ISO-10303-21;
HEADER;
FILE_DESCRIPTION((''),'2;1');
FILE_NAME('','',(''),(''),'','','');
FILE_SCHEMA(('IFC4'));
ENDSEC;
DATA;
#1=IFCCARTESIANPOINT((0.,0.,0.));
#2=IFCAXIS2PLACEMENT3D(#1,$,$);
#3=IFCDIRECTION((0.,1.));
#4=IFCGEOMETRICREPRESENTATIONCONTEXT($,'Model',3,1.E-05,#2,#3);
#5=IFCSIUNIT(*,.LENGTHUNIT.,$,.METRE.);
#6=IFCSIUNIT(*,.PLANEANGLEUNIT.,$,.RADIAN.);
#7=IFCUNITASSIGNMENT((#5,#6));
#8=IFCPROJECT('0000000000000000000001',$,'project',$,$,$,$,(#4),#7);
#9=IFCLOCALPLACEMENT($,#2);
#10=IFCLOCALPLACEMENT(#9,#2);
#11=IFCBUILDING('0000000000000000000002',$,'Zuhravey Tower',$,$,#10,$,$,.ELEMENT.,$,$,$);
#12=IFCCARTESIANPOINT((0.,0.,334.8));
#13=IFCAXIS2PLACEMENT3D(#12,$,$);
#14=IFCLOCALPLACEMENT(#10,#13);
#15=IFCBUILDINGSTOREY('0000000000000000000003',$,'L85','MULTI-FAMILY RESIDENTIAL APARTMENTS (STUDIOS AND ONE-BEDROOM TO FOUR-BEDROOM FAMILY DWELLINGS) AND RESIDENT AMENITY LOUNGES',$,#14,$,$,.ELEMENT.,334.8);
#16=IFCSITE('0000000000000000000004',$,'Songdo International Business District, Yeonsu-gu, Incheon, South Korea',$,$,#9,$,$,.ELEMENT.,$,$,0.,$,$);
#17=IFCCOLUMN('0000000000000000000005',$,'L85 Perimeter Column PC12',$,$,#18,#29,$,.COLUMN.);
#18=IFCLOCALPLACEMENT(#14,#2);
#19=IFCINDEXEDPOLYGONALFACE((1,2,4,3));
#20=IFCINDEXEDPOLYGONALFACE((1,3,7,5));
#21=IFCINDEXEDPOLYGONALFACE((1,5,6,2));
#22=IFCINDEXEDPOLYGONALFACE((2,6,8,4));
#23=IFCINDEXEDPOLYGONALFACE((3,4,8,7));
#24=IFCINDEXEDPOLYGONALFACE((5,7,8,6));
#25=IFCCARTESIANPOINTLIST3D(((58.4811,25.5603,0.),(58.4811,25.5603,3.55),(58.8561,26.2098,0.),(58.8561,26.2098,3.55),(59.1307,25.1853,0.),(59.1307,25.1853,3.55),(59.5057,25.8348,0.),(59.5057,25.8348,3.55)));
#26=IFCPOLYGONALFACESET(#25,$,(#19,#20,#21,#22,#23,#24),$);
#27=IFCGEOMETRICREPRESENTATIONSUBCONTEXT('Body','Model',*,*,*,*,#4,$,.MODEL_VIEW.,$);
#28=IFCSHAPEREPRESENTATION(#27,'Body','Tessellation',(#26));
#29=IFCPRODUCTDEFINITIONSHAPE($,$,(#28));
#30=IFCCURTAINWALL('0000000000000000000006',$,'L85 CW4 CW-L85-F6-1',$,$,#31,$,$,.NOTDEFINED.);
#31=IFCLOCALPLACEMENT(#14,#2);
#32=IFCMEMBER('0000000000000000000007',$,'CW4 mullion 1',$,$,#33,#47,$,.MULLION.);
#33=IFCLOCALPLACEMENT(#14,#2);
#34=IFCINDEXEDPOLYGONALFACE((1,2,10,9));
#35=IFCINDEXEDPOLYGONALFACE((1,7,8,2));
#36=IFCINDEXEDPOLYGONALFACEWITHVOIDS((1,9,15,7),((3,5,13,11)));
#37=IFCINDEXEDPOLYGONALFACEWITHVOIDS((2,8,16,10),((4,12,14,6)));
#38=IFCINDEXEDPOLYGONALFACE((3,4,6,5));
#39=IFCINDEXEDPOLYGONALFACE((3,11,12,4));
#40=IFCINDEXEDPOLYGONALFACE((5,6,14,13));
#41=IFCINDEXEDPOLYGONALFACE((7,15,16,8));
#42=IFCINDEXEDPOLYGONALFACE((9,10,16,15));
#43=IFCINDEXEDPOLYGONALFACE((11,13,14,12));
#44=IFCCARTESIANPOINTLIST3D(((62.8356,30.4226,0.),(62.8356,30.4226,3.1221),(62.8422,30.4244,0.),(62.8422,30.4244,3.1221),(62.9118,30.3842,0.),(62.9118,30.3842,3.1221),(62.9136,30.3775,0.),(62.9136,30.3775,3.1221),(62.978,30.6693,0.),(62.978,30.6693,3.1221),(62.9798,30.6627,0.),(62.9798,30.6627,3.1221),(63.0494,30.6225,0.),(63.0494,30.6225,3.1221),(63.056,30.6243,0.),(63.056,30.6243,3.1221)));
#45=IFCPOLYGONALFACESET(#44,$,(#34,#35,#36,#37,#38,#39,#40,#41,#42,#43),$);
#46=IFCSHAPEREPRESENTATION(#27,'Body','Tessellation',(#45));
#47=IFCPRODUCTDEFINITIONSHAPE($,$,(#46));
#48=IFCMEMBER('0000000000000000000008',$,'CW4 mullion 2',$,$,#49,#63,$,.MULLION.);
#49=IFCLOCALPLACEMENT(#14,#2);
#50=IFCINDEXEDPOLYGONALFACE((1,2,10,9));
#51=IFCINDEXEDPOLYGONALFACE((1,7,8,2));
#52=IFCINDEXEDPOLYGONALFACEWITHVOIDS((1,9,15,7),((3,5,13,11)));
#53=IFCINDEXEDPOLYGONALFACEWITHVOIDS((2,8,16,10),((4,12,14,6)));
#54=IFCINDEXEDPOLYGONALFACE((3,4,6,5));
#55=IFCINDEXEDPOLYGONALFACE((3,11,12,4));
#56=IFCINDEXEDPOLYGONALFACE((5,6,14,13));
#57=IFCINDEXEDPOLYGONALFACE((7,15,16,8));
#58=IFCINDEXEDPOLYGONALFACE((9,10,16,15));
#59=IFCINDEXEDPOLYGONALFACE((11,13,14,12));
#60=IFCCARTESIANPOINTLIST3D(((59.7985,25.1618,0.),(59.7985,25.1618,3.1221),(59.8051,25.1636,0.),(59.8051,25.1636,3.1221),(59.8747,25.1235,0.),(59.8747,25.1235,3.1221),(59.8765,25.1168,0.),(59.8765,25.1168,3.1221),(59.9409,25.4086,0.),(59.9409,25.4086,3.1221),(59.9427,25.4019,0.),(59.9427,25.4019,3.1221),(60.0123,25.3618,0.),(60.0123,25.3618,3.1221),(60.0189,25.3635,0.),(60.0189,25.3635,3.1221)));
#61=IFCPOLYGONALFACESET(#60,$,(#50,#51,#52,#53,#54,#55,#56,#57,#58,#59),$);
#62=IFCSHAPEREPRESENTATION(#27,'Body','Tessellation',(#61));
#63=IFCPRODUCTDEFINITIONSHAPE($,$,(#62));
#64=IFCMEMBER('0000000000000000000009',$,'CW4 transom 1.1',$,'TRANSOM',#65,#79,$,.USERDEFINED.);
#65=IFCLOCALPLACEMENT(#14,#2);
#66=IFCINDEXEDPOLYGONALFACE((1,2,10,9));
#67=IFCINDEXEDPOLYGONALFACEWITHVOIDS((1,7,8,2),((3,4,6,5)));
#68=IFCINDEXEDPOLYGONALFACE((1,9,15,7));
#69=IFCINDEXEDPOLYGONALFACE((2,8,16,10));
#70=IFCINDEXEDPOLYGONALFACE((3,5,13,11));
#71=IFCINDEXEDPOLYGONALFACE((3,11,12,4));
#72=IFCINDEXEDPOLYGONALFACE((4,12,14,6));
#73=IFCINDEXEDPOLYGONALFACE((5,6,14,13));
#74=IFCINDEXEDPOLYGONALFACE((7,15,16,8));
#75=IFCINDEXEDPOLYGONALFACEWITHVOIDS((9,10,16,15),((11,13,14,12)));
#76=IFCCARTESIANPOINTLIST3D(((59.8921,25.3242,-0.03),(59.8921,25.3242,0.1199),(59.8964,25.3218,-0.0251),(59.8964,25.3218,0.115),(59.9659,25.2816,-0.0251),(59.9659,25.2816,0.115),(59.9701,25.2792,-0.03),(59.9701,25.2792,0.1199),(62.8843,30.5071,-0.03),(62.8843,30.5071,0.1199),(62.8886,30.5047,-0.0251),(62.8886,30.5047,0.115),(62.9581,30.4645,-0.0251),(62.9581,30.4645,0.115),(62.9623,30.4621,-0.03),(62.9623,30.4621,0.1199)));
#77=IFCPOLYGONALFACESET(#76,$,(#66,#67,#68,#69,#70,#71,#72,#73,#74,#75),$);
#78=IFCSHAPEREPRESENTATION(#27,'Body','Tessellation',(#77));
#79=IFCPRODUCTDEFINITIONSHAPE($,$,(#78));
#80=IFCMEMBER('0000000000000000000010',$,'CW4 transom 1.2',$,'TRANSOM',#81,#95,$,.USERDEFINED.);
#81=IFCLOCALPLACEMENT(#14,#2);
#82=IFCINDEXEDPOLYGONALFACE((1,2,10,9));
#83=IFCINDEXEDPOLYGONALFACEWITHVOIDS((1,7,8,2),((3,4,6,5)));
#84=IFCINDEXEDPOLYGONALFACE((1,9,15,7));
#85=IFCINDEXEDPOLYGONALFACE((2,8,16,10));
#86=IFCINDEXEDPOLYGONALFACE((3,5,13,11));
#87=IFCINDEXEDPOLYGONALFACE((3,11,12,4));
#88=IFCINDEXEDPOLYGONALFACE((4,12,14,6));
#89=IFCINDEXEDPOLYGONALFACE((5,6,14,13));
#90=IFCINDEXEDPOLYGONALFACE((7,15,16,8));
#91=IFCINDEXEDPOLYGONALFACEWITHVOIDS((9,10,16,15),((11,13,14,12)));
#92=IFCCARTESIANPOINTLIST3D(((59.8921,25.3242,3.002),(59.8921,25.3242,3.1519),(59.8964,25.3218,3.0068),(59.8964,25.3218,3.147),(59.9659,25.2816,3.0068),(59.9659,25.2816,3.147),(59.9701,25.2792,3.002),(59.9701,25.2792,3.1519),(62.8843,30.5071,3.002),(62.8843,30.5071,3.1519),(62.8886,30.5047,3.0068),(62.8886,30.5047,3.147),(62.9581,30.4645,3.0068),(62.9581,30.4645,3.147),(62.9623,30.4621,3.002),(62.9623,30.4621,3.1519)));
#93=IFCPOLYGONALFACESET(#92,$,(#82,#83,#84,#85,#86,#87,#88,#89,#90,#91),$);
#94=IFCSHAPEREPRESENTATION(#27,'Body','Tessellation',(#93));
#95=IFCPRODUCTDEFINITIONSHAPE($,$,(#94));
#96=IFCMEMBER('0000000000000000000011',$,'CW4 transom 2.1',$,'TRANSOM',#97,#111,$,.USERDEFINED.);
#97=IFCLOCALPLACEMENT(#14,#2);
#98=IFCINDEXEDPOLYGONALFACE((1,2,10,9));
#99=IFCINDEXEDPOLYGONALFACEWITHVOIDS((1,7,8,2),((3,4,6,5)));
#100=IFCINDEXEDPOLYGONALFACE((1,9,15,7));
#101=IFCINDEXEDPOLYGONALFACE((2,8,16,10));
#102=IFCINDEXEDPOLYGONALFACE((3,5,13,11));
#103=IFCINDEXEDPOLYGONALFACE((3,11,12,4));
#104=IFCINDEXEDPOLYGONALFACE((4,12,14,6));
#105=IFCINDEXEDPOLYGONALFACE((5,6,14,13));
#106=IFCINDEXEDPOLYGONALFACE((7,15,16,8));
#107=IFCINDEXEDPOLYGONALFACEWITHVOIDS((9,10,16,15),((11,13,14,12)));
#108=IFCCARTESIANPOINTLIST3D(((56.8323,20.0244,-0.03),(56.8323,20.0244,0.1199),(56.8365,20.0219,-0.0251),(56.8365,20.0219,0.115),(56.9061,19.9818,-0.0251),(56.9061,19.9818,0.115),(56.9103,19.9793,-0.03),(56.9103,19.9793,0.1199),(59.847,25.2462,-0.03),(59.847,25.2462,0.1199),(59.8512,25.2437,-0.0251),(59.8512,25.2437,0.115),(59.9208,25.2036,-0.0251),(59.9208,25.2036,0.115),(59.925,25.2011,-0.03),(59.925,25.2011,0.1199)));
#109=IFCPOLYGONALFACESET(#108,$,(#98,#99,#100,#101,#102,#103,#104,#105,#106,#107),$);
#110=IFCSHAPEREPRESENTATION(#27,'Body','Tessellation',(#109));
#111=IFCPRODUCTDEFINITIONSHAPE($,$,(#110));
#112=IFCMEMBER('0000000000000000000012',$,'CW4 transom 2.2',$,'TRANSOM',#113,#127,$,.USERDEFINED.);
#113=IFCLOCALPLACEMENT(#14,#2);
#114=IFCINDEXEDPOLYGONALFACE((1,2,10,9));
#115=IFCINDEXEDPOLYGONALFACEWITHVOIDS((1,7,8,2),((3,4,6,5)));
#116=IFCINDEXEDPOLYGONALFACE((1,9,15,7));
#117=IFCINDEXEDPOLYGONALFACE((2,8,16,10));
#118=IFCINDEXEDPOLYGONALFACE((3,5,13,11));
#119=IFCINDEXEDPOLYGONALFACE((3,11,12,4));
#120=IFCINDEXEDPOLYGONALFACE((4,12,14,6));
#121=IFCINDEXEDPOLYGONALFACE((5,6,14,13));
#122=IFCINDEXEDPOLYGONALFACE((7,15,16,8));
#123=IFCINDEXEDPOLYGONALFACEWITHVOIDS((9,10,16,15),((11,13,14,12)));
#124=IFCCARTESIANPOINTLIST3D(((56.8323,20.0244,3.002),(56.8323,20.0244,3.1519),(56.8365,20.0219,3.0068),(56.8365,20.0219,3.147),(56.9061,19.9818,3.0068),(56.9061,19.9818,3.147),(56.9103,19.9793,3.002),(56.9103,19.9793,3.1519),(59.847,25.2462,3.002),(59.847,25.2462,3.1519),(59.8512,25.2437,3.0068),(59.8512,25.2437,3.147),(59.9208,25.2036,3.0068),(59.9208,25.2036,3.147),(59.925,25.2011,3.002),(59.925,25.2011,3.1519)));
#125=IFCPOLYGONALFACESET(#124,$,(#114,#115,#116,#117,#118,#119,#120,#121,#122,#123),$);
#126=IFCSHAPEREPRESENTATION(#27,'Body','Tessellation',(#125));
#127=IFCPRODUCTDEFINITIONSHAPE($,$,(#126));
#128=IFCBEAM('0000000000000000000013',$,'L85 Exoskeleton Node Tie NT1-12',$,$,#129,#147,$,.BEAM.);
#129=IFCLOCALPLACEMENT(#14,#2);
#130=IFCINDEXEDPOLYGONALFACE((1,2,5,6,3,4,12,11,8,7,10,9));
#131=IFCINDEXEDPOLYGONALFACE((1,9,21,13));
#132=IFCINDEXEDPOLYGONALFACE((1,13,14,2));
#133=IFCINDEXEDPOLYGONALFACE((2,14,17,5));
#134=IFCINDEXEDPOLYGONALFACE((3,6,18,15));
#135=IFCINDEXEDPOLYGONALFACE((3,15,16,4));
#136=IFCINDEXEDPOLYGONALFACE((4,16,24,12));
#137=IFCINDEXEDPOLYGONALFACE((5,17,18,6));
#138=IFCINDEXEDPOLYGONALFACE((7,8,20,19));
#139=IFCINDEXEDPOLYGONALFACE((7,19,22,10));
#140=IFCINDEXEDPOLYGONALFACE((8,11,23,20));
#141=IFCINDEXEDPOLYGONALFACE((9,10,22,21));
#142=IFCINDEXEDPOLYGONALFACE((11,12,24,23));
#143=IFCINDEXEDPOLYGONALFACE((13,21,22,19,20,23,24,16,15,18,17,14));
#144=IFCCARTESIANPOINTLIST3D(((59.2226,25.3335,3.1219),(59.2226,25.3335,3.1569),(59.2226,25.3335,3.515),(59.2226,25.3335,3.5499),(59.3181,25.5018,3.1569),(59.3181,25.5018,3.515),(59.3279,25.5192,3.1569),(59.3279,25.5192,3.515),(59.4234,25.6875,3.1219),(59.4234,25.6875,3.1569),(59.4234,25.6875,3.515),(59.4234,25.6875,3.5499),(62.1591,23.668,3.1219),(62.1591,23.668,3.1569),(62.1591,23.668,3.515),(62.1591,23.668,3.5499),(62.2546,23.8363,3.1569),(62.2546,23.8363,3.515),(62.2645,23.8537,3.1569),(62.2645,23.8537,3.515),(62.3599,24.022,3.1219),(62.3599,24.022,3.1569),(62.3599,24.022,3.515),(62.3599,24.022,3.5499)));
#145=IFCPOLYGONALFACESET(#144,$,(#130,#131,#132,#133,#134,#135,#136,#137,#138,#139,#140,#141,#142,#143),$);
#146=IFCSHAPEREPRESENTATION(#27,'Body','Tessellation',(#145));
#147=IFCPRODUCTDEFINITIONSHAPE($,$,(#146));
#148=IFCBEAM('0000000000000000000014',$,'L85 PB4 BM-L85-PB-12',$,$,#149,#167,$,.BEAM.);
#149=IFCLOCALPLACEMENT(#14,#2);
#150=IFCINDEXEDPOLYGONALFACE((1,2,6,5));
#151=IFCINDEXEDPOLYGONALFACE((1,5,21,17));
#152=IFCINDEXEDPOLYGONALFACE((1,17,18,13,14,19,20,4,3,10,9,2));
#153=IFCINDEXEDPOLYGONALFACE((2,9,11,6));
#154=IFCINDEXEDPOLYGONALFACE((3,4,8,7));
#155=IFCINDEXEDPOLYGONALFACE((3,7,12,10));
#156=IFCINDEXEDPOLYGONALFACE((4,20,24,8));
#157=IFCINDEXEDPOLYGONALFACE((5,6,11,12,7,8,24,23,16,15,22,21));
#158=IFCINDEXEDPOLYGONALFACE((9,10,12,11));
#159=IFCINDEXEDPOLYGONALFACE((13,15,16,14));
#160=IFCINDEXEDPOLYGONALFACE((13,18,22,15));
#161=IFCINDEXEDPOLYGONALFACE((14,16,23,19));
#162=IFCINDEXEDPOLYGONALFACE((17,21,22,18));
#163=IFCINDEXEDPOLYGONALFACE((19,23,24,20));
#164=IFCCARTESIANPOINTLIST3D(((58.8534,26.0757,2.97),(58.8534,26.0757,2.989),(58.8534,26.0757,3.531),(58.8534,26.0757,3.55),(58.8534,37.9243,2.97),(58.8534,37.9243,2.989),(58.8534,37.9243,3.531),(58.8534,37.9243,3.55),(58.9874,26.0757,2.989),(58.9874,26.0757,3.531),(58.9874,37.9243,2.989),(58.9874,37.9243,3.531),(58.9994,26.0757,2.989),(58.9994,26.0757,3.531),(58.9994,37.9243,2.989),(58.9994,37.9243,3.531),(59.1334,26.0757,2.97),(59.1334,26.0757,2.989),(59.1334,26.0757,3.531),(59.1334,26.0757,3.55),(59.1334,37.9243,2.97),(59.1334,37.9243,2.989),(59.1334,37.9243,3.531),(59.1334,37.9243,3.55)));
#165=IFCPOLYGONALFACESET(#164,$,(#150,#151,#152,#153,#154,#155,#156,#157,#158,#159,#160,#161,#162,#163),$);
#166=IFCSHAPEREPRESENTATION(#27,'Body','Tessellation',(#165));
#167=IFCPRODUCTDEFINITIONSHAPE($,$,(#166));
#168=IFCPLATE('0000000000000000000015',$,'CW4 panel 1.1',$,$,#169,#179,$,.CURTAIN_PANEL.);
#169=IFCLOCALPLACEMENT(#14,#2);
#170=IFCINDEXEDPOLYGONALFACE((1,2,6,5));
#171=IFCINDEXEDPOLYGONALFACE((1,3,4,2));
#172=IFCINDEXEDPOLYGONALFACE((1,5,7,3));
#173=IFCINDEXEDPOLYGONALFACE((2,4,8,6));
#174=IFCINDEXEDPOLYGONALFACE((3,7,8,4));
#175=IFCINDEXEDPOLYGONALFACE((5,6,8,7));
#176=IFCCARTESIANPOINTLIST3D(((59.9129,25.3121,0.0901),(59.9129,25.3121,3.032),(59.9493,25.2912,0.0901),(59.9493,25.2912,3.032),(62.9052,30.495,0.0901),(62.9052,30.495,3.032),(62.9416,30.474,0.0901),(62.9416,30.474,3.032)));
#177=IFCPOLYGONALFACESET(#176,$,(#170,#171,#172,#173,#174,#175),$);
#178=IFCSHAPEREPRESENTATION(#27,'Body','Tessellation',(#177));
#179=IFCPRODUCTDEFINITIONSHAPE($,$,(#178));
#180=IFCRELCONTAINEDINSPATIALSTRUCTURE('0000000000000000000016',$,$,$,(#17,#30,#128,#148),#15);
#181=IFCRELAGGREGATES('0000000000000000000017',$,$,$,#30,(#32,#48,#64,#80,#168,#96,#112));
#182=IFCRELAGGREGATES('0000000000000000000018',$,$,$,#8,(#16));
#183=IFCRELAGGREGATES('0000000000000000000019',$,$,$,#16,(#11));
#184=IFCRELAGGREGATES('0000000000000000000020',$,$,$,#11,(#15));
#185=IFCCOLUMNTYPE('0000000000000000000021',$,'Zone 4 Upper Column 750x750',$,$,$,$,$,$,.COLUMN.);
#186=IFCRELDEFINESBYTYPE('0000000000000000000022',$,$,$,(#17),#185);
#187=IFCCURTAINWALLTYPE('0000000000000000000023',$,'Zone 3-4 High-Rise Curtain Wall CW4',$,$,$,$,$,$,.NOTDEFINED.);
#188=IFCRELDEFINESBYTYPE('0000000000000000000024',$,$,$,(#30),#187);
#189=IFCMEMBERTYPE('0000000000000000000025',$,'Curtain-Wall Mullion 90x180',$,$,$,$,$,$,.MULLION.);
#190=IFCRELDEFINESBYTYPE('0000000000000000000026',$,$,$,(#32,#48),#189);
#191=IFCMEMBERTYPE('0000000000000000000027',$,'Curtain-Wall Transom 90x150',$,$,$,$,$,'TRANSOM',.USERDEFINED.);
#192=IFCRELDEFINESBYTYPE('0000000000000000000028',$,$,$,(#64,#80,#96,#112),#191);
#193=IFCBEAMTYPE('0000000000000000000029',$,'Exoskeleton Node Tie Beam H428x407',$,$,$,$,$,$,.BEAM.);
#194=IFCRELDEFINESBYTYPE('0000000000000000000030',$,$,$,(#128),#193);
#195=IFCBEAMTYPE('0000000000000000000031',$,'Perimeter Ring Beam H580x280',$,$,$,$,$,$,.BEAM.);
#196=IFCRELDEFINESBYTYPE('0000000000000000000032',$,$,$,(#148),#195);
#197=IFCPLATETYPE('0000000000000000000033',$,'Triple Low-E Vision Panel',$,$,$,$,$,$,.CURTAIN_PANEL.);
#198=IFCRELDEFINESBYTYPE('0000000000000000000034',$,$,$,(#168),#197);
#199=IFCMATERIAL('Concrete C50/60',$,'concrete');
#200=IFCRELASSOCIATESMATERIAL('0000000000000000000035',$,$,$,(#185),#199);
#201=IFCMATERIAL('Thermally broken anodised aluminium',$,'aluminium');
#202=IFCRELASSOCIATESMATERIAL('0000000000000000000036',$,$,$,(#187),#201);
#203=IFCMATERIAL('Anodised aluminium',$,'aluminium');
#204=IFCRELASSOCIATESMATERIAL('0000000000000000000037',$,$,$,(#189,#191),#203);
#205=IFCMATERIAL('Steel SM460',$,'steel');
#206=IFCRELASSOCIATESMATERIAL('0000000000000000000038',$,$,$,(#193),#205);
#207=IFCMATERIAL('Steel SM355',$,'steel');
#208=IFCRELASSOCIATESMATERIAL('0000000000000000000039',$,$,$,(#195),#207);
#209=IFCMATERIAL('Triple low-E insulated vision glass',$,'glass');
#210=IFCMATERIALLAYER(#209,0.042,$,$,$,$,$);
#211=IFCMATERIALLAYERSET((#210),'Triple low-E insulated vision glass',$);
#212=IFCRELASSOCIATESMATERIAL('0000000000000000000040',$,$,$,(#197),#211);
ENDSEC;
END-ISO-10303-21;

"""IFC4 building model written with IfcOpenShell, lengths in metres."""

from ifc_helpers import new_model, si_unit, direction, frame, origin, origin_2d, place, context, subcontext, project, spatial, rectangle, hollow_rectangle, i_section, extrude, material, layer, layer_set, material_profile, profile_set, type_object, element, aggregate, save


model = new_model("IFC4")

# Units and contexts
model_context = context("Model", 3, precision=1e-05, world=origin(), true_north=direction((0.0, 1.0)))
body_context = subcontext(model_context, "Body", "Model", "MODEL_VIEW")
ifc_project = project(units=[si_unit("LENGTHUNIT", "METRE"), si_unit("PLANEANGLEUNIT", "RADIAN")], contexts=[model_context])

# Site, building, storey
site_placement = place(None, origin())
site = spatial("IfcSite", under=ifc_project, at=site_placement, Name="Songdo International Business District, Yeonsu-gu, Incheon, South Korea", CompositionType="ELEMENT", RefElevation=0.0)
building_placement = place(site_placement, origin())
building = spatial("IfcBuilding", under=site, at=building_placement, Name="Zuhravey Tower", CompositionType="ELEMENT")
storey_placement = place(building_placement, frame((0.0, 0.0, 334.8)))
storey = spatial("IfcBuildingStorey", under=building, at=storey_placement, Name="L85", Description="MULTI-FAMILY RESIDENTIAL APARTMENTS (STUDIOS AND ONE-BEDROOM TO FOUR-BEDROOM FAMILY DWELLINGS) AND RESIDENT AMENITY LOUNGES", CompositionType="ELEMENT", Elevation=334.8)

# Column
ifc_material_1 = material(Name="Concrete C50/60", Category="concrete")
ifc_material_profile_1 = material_profile(ifc_material_1, rectangle(XDim=0.75, YDim=0.75, at=origin_2d()), Name="RC-750x750")
ifc_profile_set_1 = profile_set([ifc_material_profile_1], Name="Concrete C50/60")
column_type = type_object("IfcColumnType", Name="Zone 4 Upper Column 750x750", PredefinedType="COLUMN", material=ifc_profile_set_1)
column_placement = place(storey_placement, frame((58.9934, 25.6975, 0.0), z_axis=(0.0, 0.0, 1.0), x_axis=(0.5, 0.866025, 0.0)))
element("IfcColumn", 1, at=column_placement, inside=storey, type_object=column_type, Name="L85 Perimeter Column PC12", PredefinedType="COLUMN", context=body_context, shape_type="SweptSolid", body=[
    extrude(rectangle(XDim=0.75, YDim=0.75, at=origin_2d()), origin(), (0.0, 0.0, 1.0), 3.55),
])

# Curtain wall, members
ifc_material_2 = material(Name="Thermally broken anodised aluminium", Category="aluminium")
curtain_wall_type = type_object("IfcCurtainWallType", Name="Zone 3-4 High-Rise Curtain Wall CW4", PredefinedType="NOTDEFINED", material=ifc_material_2)
curtain_wall_placement = place(storey_placement, origin())
curtain_wall = element("IfcCurtainWall", 2, at=curtain_wall_placement, inside=storey, type_object=curtain_wall_type, Name="L85 CW4 CW-L85-F6-1", PredefinedType="NOTDEFINED")
ifc_material_3 = material(Name="Anodised aluminium", Category="aluminium")
ifc_material_profile_2 = material_profile(ifc_material_3, hollow_rectangle(XDim=0.0901, YDim=0.2849, WallThickness=0.0049, at=origin_2d()), Name="ALU-RHS-90x285x5")
ifc_profile_set_2 = profile_set([ifc_material_profile_2], Name="Anodised aluminium")
member_type_1 = type_object("IfcMemberType", Name="Curtain-Wall Mullion 90x180", PredefinedType="MULLION", material=ifc_profile_set_2)
member_1_placement = place(storey_placement, frame((62.9458, 30.5234, 0.0), z_axis=(0.0, 0.0, 1.0), x_axis=(0.866026, -0.5, 0.0)))
member_1 = element("IfcMember", 3, at=member_1_placement, type_object=member_type_1, Name="CW4 mullion 1", PredefinedType="MULLION", context=body_context, shape_type="SweptSolid", body=[
    extrude(hollow_rectangle(XDim=0.0901, YDim=0.2849, WallThickness=0.0049, at=origin_2d()), origin(), (0.0, 0.0, 1.0), 3.1221),
])
member_2_placement = place(storey_placement, frame((59.9087, 25.2627, 0.0), z_axis=(0.0, 0.0, 1.0), x_axis=(0.866026, -0.5, 0.0)))
member_2 = element("IfcMember", 4, at=member_2_placement, type_object=member_type_1, Name="CW4 mullion 2", PredefinedType="MULLION", context=body_context, shape_type="SweptSolid", body=[
    extrude(hollow_rectangle(XDim=0.0901, YDim=0.2849, WallThickness=0.0049, at=origin_2d()), origin(), (0.0, 0.0, 1.0), 3.1221),
])
ifc_material_profile_3 = material_profile(ifc_material_3, hollow_rectangle(XDim=0.0901, YDim=0.1499, WallThickness=0.0049, at=origin_2d()), Name="ALU-RHS-90x150x5")
ifc_profile_set_3 = profile_set([ifc_material_profile_3], Name="Anodised aluminium")
member_type_2 = type_object("IfcMemberType", Name="Curtain-Wall Transom 90x150", ElementType="TRANSOM", PredefinedType="USERDEFINED", material=ifc_profile_set_3)
member_3_placement = place(storey_placement, frame((62.9233, 30.4846, 0.0449), z_axis=(-0.499983, -0.866035, 0.0), x_axis=(0.866035, -0.499983, 0.0)))
member_3 = element("IfcMember", 5, at=member_3_placement, type_object=member_type_2, Name="CW4 transom 1.1", ObjectType="TRANSOM", PredefinedType="USERDEFINED", context=body_context, shape_type="SweptSolid", body=[
    extrude(hollow_rectangle(XDim=0.0901, YDim=0.1499, WallThickness=0.0049, at=origin_2d()), origin(), (0.0, 0.0, 1.0), 5.9846),
])
member_4_placement = place(storey_placement, frame((62.9233, 30.4846, 3.0769), z_axis=(-0.499983, -0.866035, 0.0), x_axis=(0.866035, -0.499983, 0.0)))
member_4 = element("IfcMember", 6, at=member_4_placement, type_object=member_type_2, Name="CW4 transom 1.2", ObjectType="TRANSOM", PredefinedType="USERDEFINED", context=body_context, shape_type="SweptSolid", body=[
    extrude(hollow_rectangle(XDim=0.0901, YDim=0.1499, WallThickness=0.0049, at=origin_2d()), origin(), (0.0, 0.0, 1.0), 5.9846),
])
member_5_placement = place(storey_placement, frame((59.886, 25.2236, 0.0449), z_axis=(-0.499989, -0.866032, 0.0), x_axis=(0.866032, -0.499989, 0.0)))
member_5 = element("IfcMember", 7, at=member_5_placement, type_object=member_type_2, Name="CW4 transom 2.1", ObjectType="TRANSOM", PredefinedType="USERDEFINED", context=body_context, shape_type="SweptSolid", body=[
    extrude(hollow_rectangle(XDim=0.0901, YDim=0.1499, WallThickness=0.0049, at=origin_2d()), origin(), (0.0, 0.0, 1.0), 6.0295),
])
member_6_placement = place(storey_placement, frame((59.886, 25.2236, 3.0769), z_axis=(-0.499989, -0.866032, 0.0), x_axis=(0.866032, -0.499989, 0.0)))
member_6 = element("IfcMember", 8, at=member_6_placement, type_object=member_type_2, Name="CW4 transom 2.2", ObjectType="TRANSOM", PredefinedType="USERDEFINED", context=body_context, shape_type="SweptSolid", body=[
    extrude(hollow_rectangle(XDim=0.0901, YDim=0.1499, WallThickness=0.0049, at=origin_2d()), origin(), (0.0, 0.0, 1.0), 6.0295),
])

# Beams
ifc_material_4 = material(Name="Steel SM460", Category="steel")
ifc_material_profile_4 = material_profile(ifc_material_4, i_section(OverallWidth=0.407, OverallDepth=0.428, WebThickness=0.02, FlangeThickness=0.0349, at=origin_2d()), Name="H-428x407x20x35")
ifc_profile_set_4 = profile_set([ifc_material_profile_4], Name="Steel SM460")
beam_type_1 = type_object("IfcBeamType", Name="Exoskeleton Node Tie Beam H428x407", PredefinedType="BEAM", material=ifc_profile_set_4)
beam_1_placement = place(storey_placement, frame((59.323, 25.5105, 3.3359), z_axis=(0.869832, -0.493348, 0.0), x_axis=(0.493348, 0.869832, 0.0)))
element("IfcBeam", 9, at=beam_1_placement, inside=storey, type_object=beam_type_1, Name="L85 Exoskeleton Node Tie NT1-12", PredefinedType="BEAM", context=body_context, shape_type="SweptSolid", body=[
    extrude(i_section(OverallWidth=0.407, OverallDepth=0.428, WebThickness=0.02, FlangeThickness=0.0349, at=origin_2d()), origin(), (0.0, 0.0, 1.0), 3.376),
])
ifc_material_5 = material(Name="Steel SM355", Category="steel")
ifc_material_profile_5 = material_profile(ifc_material_5, i_section(OverallWidth=0.28, OverallDepth=0.5801, WebThickness=0.012, FlangeThickness=0.019, at=origin_2d()), Name="H-580x280x12x19")
ifc_profile_set_5 = profile_set([ifc_material_profile_5], Name="Steel SM355")
beam_type_2 = type_object("IfcBeamType", Name="Perimeter Ring Beam H580x280", PredefinedType="BEAM", material=ifc_profile_set_5)
beam_2_placement = place(storey_placement, frame((58.9934, 26.0757, 3.26), z_axis=(0.0, 1.0, 0.0), x_axis=(-1.0, 0.0, 0.0)))
element("IfcBeam", 10, at=beam_2_placement, inside=storey, type_object=beam_type_2, Name="L85 PB4 BM-L85-PB-12", PredefinedType="BEAM", context=body_context, shape_type="SweptSolid", body=[
    extrude(i_section(OverallWidth=0.28, OverallDepth=0.5801, WebThickness=0.012, FlangeThickness=0.019, at=origin_2d()), origin(), (0.0, 0.0, 1.0), 11.8486),
])

# Plate
ifc_material_6 = material(Name="Triple low-E insulated vision glass", Category="glass")
ifc_layer_1 = layer(ifc_material_6, 0.042)
ifc_layer_set_1 = layer_set([ifc_layer_1], Name="Triple low-E insulated vision glass")
plate_type = type_object("IfcPlateType", Name="Triple Low-E Vision Panel", PredefinedType="CURTAIN_PANEL", material=ifc_layer_set_1)
plate_1_placement = place(storey_placement, frame((61.4272, 27.8931, 0.0901), z_axis=(0.0, 0.0, 1.0), x_axis=(-0.5, -0.866026, 0.0)))
plate_1 = element("IfcPlate", 11, at=plate_1_placement, type_object=plate_type, Name="CW4 panel 1.1", PredefinedType="CURTAIN_PANEL", context=body_context, shape_type="SweptSolid", body=[
    extrude(rectangle(XDim=5.9846, YDim=0.042, at=origin_2d()), origin(), (0.0, 0.0, 1.0), 2.9419),
])
aggregate(curtain_wall, [member_1, member_2, member_3, member_4, plate_1, member_5, member_6])

save(model, "model.ifc")
